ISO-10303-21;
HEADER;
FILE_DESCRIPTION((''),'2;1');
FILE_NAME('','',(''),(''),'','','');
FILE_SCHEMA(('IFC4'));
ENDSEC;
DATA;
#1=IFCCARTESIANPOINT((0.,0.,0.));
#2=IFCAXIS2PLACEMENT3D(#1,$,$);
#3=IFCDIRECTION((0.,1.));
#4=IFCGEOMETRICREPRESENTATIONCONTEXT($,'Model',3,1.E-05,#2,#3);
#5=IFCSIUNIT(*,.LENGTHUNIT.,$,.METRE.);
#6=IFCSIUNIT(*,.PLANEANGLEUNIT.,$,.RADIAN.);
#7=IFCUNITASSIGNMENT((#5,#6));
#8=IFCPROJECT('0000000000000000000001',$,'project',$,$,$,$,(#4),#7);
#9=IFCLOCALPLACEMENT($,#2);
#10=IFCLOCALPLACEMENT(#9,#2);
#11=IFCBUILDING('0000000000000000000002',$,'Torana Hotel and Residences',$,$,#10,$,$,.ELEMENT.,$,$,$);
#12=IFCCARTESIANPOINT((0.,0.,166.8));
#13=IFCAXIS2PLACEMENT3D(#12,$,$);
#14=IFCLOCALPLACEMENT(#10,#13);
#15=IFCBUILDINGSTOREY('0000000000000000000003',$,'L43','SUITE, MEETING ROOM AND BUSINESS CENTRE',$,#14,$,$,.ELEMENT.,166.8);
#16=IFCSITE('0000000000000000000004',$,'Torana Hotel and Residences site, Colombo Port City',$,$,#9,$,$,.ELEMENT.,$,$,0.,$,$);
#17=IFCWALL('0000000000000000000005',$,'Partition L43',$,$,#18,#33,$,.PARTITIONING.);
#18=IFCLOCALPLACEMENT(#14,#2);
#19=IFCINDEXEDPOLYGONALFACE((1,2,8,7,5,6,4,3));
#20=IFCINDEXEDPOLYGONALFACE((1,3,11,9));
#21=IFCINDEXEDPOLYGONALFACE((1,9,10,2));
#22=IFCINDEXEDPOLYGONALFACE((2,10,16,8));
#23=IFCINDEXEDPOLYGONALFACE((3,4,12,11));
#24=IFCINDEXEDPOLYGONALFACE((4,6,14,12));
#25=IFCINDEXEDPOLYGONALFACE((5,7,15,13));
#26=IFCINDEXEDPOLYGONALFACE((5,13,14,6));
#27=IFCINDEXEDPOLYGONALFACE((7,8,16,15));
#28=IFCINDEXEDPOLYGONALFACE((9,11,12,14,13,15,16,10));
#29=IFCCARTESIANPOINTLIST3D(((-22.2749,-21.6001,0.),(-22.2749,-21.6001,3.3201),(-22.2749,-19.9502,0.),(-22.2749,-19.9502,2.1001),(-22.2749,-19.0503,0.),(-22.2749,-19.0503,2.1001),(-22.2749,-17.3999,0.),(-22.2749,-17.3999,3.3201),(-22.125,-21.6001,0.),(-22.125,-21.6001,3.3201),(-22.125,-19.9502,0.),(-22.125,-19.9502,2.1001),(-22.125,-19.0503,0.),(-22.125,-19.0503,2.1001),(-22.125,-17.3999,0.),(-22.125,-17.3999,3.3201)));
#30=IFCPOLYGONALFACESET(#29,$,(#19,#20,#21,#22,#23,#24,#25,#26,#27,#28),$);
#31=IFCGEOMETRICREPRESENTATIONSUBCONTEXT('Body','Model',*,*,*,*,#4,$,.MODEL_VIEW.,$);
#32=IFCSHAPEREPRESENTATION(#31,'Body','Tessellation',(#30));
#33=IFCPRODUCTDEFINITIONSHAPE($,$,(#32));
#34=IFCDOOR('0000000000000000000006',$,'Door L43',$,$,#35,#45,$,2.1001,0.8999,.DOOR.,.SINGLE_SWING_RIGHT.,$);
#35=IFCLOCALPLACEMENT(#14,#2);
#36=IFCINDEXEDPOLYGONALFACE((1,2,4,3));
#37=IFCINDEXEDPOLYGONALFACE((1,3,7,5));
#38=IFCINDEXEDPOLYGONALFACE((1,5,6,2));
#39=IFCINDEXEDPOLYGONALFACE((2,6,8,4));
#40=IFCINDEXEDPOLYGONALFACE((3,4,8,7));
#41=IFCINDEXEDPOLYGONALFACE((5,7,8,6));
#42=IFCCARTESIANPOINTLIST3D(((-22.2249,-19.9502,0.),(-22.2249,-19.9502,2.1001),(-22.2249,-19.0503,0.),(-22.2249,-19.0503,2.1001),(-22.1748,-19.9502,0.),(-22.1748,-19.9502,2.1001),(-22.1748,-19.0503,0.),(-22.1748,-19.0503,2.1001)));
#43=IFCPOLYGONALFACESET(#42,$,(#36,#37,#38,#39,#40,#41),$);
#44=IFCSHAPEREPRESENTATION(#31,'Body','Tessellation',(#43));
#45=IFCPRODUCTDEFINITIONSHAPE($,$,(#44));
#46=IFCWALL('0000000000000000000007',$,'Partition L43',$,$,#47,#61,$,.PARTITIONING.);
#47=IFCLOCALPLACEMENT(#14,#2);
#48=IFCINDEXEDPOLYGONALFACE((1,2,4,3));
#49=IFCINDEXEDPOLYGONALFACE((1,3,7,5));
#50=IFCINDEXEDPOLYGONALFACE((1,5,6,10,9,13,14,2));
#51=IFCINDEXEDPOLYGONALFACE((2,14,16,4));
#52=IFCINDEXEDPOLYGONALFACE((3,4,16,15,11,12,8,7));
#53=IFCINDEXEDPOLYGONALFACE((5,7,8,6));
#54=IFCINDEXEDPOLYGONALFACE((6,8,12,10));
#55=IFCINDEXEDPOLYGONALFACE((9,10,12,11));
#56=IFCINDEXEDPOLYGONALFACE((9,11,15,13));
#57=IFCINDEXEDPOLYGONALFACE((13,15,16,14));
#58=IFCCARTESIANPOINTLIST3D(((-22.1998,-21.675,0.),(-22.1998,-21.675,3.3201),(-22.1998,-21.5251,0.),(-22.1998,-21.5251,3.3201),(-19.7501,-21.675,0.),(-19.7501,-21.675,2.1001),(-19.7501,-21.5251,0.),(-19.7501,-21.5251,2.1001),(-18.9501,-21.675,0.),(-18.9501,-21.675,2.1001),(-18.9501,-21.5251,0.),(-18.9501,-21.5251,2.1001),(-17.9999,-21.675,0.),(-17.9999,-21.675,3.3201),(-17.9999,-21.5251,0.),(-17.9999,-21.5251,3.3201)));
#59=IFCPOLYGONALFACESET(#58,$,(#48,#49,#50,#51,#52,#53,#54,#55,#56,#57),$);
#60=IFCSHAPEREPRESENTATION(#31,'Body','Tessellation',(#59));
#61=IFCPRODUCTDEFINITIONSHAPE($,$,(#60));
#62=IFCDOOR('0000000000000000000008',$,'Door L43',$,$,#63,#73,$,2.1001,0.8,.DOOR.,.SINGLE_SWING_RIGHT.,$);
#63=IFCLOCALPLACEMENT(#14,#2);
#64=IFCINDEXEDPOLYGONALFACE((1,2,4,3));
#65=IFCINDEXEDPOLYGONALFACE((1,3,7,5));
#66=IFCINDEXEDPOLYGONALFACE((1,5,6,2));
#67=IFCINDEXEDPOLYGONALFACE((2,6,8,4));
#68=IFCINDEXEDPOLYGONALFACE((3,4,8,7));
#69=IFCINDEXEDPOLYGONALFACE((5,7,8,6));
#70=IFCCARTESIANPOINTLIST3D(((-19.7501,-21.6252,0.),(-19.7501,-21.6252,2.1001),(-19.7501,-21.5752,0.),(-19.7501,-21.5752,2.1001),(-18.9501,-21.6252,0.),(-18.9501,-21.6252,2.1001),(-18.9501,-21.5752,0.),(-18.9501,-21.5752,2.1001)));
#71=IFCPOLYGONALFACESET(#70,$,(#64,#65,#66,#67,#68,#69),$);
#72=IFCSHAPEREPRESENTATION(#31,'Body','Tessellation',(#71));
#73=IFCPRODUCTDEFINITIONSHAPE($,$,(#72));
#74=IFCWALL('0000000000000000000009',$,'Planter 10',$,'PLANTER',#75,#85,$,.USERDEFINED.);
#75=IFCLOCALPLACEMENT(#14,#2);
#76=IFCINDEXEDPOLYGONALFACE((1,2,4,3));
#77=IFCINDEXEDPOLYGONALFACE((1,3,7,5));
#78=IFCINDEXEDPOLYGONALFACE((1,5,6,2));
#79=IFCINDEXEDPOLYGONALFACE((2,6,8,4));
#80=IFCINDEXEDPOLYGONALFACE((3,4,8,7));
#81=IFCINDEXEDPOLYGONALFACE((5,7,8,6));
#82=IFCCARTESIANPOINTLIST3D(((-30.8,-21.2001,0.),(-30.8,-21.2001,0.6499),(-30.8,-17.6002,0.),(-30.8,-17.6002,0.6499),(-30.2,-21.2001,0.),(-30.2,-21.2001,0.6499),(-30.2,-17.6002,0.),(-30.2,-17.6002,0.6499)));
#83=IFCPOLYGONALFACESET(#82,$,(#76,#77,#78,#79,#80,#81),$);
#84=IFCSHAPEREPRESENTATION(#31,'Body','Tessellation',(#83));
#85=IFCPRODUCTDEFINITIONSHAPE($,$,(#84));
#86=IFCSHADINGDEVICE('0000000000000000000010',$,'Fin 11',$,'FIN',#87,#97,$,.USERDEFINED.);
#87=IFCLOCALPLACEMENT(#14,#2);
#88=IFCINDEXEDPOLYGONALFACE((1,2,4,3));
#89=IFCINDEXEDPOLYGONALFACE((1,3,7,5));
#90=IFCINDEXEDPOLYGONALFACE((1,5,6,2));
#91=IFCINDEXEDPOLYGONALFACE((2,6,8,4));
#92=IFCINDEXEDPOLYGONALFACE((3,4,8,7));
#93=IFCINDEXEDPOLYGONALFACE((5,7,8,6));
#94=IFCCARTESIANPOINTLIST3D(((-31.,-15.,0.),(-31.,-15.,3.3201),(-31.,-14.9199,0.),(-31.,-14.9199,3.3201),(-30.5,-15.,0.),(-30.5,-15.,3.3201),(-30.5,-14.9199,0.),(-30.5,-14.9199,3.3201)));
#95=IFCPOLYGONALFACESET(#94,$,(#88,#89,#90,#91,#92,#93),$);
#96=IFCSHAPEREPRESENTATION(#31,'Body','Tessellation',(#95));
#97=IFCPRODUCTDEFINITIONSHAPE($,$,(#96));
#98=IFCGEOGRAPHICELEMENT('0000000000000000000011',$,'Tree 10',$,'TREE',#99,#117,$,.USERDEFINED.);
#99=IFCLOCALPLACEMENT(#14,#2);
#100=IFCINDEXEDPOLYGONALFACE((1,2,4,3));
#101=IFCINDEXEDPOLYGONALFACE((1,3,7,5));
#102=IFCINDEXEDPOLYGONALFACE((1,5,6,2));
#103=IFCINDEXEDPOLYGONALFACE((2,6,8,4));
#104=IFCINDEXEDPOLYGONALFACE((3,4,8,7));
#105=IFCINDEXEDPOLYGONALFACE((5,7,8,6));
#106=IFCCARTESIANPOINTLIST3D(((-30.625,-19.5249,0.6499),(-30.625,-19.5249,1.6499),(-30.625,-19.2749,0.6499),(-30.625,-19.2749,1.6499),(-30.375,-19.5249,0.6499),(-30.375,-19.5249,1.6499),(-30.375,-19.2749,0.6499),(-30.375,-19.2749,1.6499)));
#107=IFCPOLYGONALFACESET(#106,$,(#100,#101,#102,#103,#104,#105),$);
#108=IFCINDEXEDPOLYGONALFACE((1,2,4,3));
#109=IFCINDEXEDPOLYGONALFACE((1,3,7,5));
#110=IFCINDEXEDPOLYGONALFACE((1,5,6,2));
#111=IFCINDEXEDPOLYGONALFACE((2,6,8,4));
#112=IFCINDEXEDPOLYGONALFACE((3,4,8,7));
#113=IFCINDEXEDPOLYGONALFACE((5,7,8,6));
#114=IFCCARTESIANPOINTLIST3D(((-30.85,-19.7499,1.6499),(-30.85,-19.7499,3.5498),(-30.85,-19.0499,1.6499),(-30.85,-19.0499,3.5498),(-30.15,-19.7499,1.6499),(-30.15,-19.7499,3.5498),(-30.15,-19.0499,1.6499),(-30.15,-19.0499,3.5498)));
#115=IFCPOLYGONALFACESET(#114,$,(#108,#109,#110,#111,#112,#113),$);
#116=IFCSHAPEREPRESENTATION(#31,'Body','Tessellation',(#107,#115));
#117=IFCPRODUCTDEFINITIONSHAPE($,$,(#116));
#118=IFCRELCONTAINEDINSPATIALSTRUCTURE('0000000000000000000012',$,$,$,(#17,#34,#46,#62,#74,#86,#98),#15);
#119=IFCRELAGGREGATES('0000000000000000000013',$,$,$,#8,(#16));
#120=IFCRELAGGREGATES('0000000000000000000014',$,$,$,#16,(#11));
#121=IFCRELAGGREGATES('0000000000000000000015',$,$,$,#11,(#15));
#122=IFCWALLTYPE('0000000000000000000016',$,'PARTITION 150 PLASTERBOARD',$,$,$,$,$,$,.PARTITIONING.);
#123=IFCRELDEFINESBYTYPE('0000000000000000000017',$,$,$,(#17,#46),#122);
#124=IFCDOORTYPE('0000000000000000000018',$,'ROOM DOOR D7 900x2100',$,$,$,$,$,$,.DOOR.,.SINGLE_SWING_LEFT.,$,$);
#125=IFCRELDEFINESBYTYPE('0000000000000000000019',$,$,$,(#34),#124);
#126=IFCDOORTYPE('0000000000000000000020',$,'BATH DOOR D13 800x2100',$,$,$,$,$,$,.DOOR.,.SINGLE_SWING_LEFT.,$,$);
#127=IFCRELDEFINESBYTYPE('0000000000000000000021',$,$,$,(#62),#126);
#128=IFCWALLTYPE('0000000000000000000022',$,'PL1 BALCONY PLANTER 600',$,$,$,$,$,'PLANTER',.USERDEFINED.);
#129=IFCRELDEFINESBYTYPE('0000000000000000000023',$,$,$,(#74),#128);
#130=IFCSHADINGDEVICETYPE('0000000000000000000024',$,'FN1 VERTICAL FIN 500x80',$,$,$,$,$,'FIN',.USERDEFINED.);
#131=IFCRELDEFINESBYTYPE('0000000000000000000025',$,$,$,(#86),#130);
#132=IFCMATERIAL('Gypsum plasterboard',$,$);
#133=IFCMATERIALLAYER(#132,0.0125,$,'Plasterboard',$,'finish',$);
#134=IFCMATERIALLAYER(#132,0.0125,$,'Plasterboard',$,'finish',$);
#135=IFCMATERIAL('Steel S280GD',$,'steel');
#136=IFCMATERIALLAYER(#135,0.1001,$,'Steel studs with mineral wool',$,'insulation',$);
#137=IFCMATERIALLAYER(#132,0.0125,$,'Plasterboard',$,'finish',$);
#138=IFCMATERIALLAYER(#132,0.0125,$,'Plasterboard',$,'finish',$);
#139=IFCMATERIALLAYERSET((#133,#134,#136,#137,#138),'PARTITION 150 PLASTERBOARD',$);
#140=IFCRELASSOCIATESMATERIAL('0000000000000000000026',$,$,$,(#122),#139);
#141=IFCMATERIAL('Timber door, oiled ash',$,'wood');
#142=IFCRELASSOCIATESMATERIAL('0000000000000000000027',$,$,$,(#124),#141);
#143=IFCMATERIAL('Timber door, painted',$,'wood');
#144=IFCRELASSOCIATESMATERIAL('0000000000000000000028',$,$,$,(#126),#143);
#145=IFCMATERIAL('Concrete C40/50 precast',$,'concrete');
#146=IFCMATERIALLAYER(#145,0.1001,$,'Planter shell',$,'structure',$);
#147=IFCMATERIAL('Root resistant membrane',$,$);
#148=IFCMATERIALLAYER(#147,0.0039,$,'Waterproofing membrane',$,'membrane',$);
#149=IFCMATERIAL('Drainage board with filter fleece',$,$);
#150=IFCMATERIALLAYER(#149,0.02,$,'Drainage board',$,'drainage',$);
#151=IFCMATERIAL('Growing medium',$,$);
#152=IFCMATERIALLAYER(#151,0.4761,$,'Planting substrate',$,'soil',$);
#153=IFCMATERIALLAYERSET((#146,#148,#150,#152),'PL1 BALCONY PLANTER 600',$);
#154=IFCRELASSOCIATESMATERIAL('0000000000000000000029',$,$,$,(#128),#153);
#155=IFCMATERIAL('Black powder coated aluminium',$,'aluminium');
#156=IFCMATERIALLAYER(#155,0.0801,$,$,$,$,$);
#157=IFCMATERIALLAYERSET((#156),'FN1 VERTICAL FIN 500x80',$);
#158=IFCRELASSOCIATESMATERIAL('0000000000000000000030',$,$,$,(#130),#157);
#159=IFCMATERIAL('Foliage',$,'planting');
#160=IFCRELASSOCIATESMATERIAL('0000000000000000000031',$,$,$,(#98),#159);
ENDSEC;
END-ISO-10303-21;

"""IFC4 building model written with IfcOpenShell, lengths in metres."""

from ifc_helpers import new_model, si_unit, direction, frame, frame_2d, origin, origin_2d, place, context, subcontext, project, spatial, rectangle, extrude, material, layer, layer_set, type_object, element, fill, save


model = new_model("IFC4")

# Units and contexts
model_context = context("Model", 3, precision=1e-05, world=origin(), true_north=direction((0.0, 1.0)))
body_context = subcontext(model_context, "Body", "Model", "MODEL_VIEW")
ifc_project = project(units=[si_unit("LENGTHUNIT", "METRE"), si_unit("PLANEANGLEUNIT", "RADIAN")], contexts=[model_context])

# Site, building, storey
site_placement = place(None, origin())
site = spatial("IfcSite", under=ifc_project, at=site_placement, Name="Torana Hotel and Residences site, Colombo Port City", CompositionType="ELEMENT", RefElevation=0.0)
building_placement = place(site_placement, origin())
building = spatial("IfcBuilding", under=site, at=building_placement, Name="Torana Hotel and Residences", CompositionType="ELEMENT")
storey_placement = place(building_placement, frame((0.0, 0.0, 166.8)))
storey = spatial("IfcBuildingStorey", under=building, at=storey_placement, Name="L43", Description="SUITE, MEETING ROOM AND BUSINESS CENTRE", CompositionType="ELEMENT", Elevation=166.8)

# Shared definitions
ifc_material_1 = material(Name="Gypsum plasterboard")
ifc_layer_1 = layer(ifc_material_1, 0.0125, Name="Plasterboard", Category="finish")
ifc_layer_2 = layer(ifc_material_1, 0.0125, Name="Plasterboard", Category="finish")
ifc_material_2 = material(Name="Steel S280GD", Category="steel")
ifc_layer_3 = layer(ifc_material_2, 0.1001, Name="Steel studs with mineral wool", Category="insulation")
ifc_layer_4 = layer(ifc_material_1, 0.0125, Name="Plasterboard", Category="finish")
ifc_layer_5 = layer(ifc_material_1, 0.0125, Name="Plasterboard", Category="finish")
ifc_layer_set_1 = layer_set([ifc_layer_1, ifc_layer_2, ifc_layer_3, ifc_layer_4, ifc_layer_5], Name="PARTITION 150 PLASTERBOARD")
wall_type_1 = type_object("IfcWallType", Name="PARTITION 150 PLASTERBOARD", PredefinedType="PARTITIONING", material=ifc_layer_set_1)

# Walls, openings, doors
wall_1_placement = place(storey_placement, frame((-22.2, -21.6001, 0.0), z_axis=(0.0, 0.0, 1.0), x_axis=(0.0, 1.0, 0.0)))
wall_1 = element("IfcWall", 1, at=wall_1_placement, inside=storey, type_object=wall_type_1, Name="Partition L43", PredefinedType="PARTITIONING", context=body_context, shape_type="SweptSolid", body=[
    extrude(rectangle(XDim=4.2002, YDim=0.1499, at=frame_2d((2.1001, 0.0))), origin(), (0.0, 0.0, 1.0), 3.3201),
])
opening_1_placement = place(wall_1_placement, frame((1.6499, 0.0, 0.0)))
opening_1 = element("IfcOpeningElement", 2, at=opening_1_placement, cuts=wall_1, PredefinedType="OPENING", context=body_context, shape_type="SweptSolid", body=[
    extrude(rectangle(XDim=0.8999, YDim=2.1001, at=frame_2d((0.45, 1.05))), frame((0.0, 0.085, 0.0), z_axis=(0.0, -1.0, 0.0), x_axis=(1.0, 0.0, 0.0)), (0.0, 0.0, 1.0), 0.1699),
])
ifc_material_3 = material(Name="Timber door, oiled ash", Category="wood")
door_type_1 = type_object("IfcDoorType", Name="ROOM DOOR D7 900x2100", OperationType="SINGLE_SWING_LEFT", PredefinedType="DOOR", material=ifc_material_3)
door_1_placement = place(opening_1_placement, origin())
door_1 = element("IfcDoor", 3, at=door_1_placement, inside=storey, type_object=door_type_1, Name="Door L43", OperationType="SINGLE_SWING_RIGHT", OverallHeight=2.1001, OverallWidth=0.8999, PredefinedType="DOOR", context=body_context, shape_type="SweptSolid", body=[
    extrude(rectangle(XDim=0.8999, YDim=2.1001, at=frame_2d((0.45, 1.05))), frame((0.0, 0.0249, 0.0), z_axis=(0.0, -1.0, 0.0), x_axis=(1.0, 0.0, 0.0)), (0.0, 0.0, 1.0), 0.05),
])
fill(opening_1, door_1)
wall_2_placement = place(storey_placement, frame((-22.2, -21.6001, 0.0), z_axis=(0.0, 0.0, 1.0), x_axis=(1.0, 0.0, 0.0)))
wall_2 = element("IfcWall", 4, at=wall_2_placement, inside=storey, type_object=wall_type_1, Name="Partition L43", PredefinedType="PARTITIONING", context=body_context, shape_type="SweptSolid", body=[
    extrude(rectangle(XDim=4.2, YDim=0.1499, at=frame_2d((2.1001, 0.0))), origin(), (0.0, 0.0, 1.0), 3.3201),
])
opening_2_placement = place(wall_2_placement, frame((2.45, 0.0, 0.0)))
opening_2 = element("IfcOpeningElement", 5, at=opening_2_placement, cuts=wall_2, PredefinedType="OPENING", context=body_context, shape_type="SweptSolid", body=[
    extrude(rectangle(XDim=0.8, YDim=2.1001, at=frame_2d((0.3999, 1.05))), frame((0.0, 0.085, 0.0), z_axis=(0.0, -1.0, 0.0), x_axis=(1.0, 0.0, 0.0)), (0.0, 0.0, 1.0), 0.1699),
])
ifc_material_4 = material(Name="Timber door, painted", Category="wood")
door_type_2 = type_object("IfcDoorType", Name="BATH DOOR D13 800x2100", OperationType="SINGLE_SWING_LEFT", PredefinedType="DOOR", material=ifc_material_4)
door_2_placement = place(opening_2_placement, origin())
door_2 = element("IfcDoor", 6, at=door_2_placement, inside=storey, type_object=door_type_2, Name="Door L43", OperationType="SINGLE_SWING_RIGHT", OverallHeight=2.1001, OverallWidth=0.8, PredefinedType="DOOR", context=body_context, shape_type="SweptSolid", body=[
    extrude(rectangle(XDim=0.8, YDim=2.1001, at=frame_2d((0.3999, 1.05))), frame((0.0, 0.0249, 0.0), z_axis=(0.0, -1.0, 0.0), x_axis=(1.0, 0.0, 0.0)), (0.0, 0.0, 1.0), 0.05),
])
fill(opening_2, door_2)

# Wall
ifc_material_5 = material(Name="Concrete C40/50 precast", Category="concrete")
ifc_layer_6 = layer(ifc_material_5, 0.1001, Name="Planter shell", Category="structure")
ifc_material_6 = material(Name="Root resistant membrane")
ifc_layer_7 = layer(ifc_material_6, 0.0039, Name="Waterproofing membrane", Category="membrane")
ifc_material_7 = material(Name="Drainage board with filter fleece")
ifc_layer_8 = layer(ifc_material_7, 0.02, Name="Drainage board", Category="drainage")
ifc_material_8 = material(Name="Growing medium")
ifc_layer_9 = layer(ifc_material_8, 0.4761, Name="Planting substrate", Category="soil")
ifc_layer_set_2 = layer_set([ifc_layer_6, ifc_layer_7, ifc_layer_8, ifc_layer_9], Name="PL1 BALCONY PLANTER 600")
wall_type_2 = type_object("IfcWallType", Name="PL1 BALCONY PLANTER 600", ElementType="PLANTER", PredefinedType="USERDEFINED", material=ifc_layer_set_2)
wall_3_placement = place(storey_placement, frame((-30.5, -21.2, 0.0), z_axis=(0.0, 0.0, 1.0), x_axis=(0.0, 1.0, 0.0)))
element("IfcWall", 7, at=wall_3_placement, inside=storey, type_object=wall_type_2, Name="Planter 10", ObjectType="PLANTER", PredefinedType="USERDEFINED", context=body_context, shape_type="SweptSolid", body=[
    extrude(rectangle(XDim=3.5999, YDim=0.6001, at=frame_2d((1.7998, 0.0))), origin(), (0.0, 0.0, 1.0), 0.6499),
])

# Shading device
ifc_material_9 = material(Name="Black powder coated aluminium", Category="aluminium")
ifc_layer_10 = layer(ifc_material_9, 0.0801)
ifc_layer_set_3 = layer_set([ifc_layer_10], Name="FN1 VERTICAL FIN 500x80")
shading_device_type = type_object("IfcShadingDeviceType", Name="FN1 VERTICAL FIN 500x80", ElementType="FIN", PredefinedType="USERDEFINED", material=ifc_layer_set_3)
shading_device_placement = place(storey_placement, frame((-30.75, -14.96, 0.0), z_axis=(0.0, 0.0, 1.0), x_axis=(0.0, 1.0, 0.0)))
element("IfcShadingDevice", 8, at=shading_device_placement, inside=storey, type_object=shading_device_type, Name="Fin 11", ObjectType="FIN", PredefinedType="USERDEFINED", context=body_context, shape_type="SweptSolid", body=[
    extrude(rectangle(XDim=0.0801, YDim=0.5, at=origin_2d()), origin(), (0.0, 0.0, 1.0), 3.3201),
])

# Geographic element
ifc_material_10 = material(Name="Foliage", Category="planting")
geographic_element_placement = place(storey_placement, frame((-30.5, -19.3999, 0.6499), z_axis=(0.0, 0.0, 1.0), x_axis=(1.0, 0.0, 0.0)))
element("IfcGeographicElement", 9, at=geographic_element_placement, inside=storey, material=ifc_material_10, Name="Tree 10", ObjectType="TREE", PredefinedType="USERDEFINED", context=body_context, shape_type="SweptSolid", body=[
    extrude(rectangle(XDim=0.25, YDim=0.25, at=origin_2d()), origin(), (0.0, 0.0, 1.0), 1.0),
    extrude(rectangle(XDim=0.7, YDim=0.7, at=origin_2d()), frame((0.0, 0.0, 1.0)), (0.0, 0.0, 1.0), 1.8999),
])

save(model, "model.ifc")
